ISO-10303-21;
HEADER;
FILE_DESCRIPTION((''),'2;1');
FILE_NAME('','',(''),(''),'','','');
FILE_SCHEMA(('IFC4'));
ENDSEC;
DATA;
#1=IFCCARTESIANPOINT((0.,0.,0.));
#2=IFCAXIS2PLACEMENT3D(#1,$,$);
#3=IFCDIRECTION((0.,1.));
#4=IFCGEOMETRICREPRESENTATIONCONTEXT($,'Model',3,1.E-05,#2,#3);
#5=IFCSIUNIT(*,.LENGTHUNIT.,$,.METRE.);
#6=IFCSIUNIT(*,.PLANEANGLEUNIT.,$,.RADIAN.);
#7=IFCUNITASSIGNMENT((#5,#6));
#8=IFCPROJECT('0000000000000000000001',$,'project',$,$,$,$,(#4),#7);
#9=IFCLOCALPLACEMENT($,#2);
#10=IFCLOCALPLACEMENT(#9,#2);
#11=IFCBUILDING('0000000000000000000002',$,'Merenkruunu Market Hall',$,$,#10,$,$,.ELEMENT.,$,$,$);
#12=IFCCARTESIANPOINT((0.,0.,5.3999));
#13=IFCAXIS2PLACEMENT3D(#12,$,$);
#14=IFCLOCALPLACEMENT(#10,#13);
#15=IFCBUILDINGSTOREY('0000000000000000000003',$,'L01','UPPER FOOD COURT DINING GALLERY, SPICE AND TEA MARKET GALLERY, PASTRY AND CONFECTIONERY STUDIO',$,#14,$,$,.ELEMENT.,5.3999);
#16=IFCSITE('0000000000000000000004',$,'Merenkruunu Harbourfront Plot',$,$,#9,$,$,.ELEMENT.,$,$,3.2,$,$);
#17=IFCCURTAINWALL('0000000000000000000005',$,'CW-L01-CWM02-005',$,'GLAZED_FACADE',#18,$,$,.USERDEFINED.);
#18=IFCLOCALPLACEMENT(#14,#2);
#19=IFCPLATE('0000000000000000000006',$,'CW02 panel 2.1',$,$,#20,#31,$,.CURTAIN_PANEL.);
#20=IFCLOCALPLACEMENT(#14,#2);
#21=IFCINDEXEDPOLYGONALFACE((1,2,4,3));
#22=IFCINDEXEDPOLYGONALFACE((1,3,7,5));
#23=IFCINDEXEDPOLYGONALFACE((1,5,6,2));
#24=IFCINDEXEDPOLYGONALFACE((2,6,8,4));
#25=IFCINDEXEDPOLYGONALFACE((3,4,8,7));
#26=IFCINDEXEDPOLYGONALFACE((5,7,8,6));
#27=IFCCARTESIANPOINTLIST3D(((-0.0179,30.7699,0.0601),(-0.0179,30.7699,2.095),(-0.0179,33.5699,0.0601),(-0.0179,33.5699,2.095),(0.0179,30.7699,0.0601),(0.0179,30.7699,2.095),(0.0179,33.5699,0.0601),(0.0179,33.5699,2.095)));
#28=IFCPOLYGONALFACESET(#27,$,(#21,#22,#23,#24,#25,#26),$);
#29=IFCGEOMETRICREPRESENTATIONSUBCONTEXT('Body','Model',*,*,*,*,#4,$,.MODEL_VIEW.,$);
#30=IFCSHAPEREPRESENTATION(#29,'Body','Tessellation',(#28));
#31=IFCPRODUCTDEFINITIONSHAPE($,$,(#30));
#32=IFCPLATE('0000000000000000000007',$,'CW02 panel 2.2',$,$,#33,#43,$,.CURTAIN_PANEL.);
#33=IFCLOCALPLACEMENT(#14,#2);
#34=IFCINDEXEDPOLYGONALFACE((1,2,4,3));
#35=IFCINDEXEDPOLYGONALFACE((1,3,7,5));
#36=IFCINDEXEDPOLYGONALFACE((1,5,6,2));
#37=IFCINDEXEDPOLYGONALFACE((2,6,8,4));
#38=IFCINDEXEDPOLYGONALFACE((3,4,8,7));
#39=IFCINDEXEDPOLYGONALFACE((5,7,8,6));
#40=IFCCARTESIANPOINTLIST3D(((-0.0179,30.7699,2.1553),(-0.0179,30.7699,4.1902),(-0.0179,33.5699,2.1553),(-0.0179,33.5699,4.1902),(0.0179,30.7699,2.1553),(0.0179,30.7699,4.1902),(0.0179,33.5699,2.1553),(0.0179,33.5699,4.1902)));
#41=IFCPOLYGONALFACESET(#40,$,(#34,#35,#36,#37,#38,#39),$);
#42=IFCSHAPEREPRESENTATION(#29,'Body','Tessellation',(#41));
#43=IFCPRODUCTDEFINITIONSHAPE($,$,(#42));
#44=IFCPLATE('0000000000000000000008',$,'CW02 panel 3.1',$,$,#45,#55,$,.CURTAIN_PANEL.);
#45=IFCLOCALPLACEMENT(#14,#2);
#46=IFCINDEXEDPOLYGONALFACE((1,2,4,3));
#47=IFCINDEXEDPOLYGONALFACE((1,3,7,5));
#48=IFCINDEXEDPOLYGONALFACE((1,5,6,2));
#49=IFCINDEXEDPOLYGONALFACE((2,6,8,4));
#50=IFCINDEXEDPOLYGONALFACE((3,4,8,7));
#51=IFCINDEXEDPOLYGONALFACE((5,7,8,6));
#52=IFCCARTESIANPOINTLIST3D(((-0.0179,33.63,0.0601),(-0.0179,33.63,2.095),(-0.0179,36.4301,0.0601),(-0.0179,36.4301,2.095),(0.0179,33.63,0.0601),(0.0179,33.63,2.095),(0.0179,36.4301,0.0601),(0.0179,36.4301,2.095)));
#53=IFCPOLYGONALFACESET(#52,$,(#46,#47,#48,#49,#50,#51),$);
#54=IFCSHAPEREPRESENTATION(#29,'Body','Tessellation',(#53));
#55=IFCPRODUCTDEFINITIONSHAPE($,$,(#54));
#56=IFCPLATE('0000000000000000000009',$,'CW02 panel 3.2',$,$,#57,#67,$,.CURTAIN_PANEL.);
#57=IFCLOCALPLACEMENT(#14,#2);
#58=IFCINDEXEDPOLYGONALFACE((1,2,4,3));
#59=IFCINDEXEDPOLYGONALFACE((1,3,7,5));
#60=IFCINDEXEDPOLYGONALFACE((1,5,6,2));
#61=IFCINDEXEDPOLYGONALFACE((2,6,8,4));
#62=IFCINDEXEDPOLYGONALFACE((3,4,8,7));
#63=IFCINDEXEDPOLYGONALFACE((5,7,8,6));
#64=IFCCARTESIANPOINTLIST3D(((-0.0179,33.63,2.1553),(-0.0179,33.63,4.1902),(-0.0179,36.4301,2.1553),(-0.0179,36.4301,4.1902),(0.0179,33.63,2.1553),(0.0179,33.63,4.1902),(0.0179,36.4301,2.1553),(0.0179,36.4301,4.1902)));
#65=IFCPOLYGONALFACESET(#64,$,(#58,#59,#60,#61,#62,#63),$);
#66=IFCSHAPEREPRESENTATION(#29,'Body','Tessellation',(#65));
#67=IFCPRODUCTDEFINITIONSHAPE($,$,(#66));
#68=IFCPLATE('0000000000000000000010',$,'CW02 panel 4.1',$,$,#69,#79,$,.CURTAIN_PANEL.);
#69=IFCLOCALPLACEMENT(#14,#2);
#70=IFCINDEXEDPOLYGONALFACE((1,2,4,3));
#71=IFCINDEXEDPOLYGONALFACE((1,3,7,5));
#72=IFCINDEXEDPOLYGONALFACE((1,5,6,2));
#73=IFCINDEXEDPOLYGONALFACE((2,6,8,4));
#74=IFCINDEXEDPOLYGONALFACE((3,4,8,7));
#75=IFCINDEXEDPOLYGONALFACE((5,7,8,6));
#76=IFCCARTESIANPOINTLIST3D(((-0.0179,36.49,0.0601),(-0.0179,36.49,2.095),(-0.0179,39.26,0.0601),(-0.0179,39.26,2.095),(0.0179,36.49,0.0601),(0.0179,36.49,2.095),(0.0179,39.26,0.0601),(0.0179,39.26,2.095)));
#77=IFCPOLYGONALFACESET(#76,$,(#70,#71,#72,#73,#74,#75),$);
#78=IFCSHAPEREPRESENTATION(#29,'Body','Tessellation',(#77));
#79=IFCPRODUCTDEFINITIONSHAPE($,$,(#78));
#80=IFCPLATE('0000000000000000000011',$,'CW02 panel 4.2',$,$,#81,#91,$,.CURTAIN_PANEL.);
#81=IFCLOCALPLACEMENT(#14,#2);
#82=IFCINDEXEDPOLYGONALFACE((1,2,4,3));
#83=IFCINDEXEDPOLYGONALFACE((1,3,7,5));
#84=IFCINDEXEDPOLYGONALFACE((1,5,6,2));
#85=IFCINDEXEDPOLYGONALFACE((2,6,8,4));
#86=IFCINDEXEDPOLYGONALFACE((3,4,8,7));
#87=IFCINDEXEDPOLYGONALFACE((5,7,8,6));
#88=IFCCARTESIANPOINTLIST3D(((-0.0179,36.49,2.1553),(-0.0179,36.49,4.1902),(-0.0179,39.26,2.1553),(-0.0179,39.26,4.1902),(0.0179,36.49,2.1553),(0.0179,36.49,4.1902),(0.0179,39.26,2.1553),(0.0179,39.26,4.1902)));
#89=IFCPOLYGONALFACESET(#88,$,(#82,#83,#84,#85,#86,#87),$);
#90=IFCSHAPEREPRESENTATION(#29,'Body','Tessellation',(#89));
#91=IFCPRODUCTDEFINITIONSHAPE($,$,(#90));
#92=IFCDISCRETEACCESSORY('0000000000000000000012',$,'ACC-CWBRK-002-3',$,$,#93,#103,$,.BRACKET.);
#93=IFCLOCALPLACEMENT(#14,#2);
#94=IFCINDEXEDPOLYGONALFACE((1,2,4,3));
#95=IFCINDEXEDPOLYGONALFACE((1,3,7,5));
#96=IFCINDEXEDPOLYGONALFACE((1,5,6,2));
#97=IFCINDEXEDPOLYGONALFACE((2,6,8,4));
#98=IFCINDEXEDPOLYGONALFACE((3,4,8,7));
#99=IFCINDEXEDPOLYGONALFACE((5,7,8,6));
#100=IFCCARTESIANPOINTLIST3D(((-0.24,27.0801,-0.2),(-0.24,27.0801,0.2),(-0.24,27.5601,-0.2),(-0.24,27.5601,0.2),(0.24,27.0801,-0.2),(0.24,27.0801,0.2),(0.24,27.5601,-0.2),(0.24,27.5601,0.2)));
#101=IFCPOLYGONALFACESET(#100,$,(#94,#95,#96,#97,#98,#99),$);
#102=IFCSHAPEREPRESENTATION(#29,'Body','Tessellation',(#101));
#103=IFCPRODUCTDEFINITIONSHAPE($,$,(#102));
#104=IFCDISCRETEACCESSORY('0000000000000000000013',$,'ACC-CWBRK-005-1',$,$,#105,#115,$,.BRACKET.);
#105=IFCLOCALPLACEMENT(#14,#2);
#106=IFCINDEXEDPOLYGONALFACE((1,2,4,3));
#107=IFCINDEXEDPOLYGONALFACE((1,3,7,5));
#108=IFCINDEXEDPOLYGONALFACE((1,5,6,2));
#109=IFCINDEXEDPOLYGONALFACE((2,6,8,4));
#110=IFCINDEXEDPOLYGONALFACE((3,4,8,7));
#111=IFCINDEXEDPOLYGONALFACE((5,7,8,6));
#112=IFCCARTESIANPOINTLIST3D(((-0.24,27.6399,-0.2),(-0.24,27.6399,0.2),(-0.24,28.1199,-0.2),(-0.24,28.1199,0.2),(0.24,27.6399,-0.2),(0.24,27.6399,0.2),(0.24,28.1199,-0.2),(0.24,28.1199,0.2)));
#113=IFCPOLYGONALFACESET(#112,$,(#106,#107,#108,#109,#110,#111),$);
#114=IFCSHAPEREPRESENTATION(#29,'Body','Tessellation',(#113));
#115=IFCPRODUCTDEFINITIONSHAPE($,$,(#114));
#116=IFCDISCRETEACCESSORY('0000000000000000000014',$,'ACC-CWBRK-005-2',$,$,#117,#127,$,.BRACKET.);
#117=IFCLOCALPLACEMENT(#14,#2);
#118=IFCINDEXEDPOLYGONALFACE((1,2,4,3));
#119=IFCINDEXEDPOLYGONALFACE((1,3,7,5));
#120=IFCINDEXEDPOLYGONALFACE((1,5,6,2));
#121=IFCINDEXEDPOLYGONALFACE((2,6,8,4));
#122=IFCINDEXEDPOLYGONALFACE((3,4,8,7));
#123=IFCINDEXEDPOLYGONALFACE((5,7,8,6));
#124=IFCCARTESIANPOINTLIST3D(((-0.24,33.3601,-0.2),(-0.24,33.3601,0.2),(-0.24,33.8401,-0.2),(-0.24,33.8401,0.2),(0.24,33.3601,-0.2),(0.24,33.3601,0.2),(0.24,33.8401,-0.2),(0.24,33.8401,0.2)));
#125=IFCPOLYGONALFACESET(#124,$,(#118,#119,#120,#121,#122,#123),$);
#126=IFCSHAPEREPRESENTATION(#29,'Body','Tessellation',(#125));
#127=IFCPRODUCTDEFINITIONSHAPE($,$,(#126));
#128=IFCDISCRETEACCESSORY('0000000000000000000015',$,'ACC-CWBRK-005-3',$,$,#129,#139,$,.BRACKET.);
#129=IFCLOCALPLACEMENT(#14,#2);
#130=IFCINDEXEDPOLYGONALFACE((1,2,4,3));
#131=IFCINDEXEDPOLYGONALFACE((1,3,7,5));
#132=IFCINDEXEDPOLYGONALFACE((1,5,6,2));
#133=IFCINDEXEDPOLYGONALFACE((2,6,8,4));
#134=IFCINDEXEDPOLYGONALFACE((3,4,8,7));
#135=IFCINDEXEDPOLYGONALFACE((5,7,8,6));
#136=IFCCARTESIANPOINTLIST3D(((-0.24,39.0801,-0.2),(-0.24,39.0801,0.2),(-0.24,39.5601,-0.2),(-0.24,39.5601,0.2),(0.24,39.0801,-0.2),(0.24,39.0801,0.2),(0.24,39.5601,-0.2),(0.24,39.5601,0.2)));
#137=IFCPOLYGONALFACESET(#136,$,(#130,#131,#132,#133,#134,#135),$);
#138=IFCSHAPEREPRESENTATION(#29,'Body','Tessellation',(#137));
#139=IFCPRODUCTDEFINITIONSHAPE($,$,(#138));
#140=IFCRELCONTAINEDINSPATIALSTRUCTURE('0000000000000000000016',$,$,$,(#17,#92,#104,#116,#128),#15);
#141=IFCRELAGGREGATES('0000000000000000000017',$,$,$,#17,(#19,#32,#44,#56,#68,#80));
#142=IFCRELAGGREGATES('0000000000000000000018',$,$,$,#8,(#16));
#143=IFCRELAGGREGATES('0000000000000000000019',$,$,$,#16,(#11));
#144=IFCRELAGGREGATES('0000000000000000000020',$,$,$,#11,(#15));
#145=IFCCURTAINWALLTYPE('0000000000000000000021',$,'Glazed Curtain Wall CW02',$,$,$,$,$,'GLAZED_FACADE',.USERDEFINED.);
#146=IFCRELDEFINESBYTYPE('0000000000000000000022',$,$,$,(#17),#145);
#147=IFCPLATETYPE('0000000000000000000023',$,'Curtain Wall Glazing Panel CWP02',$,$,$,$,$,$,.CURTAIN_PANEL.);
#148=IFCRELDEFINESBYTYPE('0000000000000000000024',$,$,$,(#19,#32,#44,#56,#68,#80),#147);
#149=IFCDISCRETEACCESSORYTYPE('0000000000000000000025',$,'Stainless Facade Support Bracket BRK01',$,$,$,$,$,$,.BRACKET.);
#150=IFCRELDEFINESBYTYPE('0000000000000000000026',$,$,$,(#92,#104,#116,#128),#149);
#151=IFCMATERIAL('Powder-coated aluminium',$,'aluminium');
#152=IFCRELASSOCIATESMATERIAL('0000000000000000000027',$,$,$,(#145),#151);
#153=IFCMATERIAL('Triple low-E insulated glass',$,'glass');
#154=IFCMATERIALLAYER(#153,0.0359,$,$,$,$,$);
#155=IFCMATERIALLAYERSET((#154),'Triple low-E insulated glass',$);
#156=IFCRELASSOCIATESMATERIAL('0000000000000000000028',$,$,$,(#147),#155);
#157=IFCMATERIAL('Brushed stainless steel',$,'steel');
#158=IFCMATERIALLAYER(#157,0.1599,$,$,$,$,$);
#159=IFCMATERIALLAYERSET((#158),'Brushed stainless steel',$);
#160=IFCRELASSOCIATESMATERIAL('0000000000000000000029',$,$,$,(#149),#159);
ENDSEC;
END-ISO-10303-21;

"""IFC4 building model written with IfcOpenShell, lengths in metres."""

from ifc_helpers import new_model, si_unit, direction, frame, origin, origin_2d, place, context, subcontext, project, spatial, rectangle, extrude, material, layer, layer_set, type_object, element, aggregate, save


model = new_model("IFC4")

# Units and contexts
model_context = context("Model", 3, precision=1e-05, world=origin(), true_north=direction((0.0, 1.0)))
body_context = subcontext(model_context, "Body", "Model", "MODEL_VIEW")
ifc_project = project(units=[si_unit("LENGTHUNIT", "METRE"), si_unit("PLANEANGLEUNIT", "RADIAN")], contexts=[model_context])

# Site, building, storey
site_placement = place(None, origin())
site = spatial("IfcSite", under=ifc_project, at=site_placement, Name="Merenkruunu Harbourfront Plot", CompositionType="ELEMENT", RefElevation=3.2)
building_placement = place(site_placement, origin())
building = spatial("IfcBuilding", under=site, at=building_placement, Name="Merenkruunu Market Hall", CompositionType="ELEMENT")
storey_placement = place(building_placement, frame((0.0, 0.0, 5.3999)))
storey = spatial("IfcBuildingStorey", under=building, at=storey_placement, Name="L01", Description="UPPER FOOD COURT DINING GALLERY, SPICE AND TEA MARKET GALLERY, PASTRY AND CONFECTIONERY STUDIO", CompositionType="ELEMENT", Elevation=5.3999)

# Shared definitions
ifc_material_1 = material(Name="Powder-coated aluminium", Category="aluminium")
curtain_wall_type = type_object("IfcCurtainWallType", Name="Glazed Curtain Wall CW02", ElementType="GLAZED_FACADE", PredefinedType="USERDEFINED", material=ifc_material_1)

# Curtain wall
curtain_wall_1_placement = place(storey_placement, origin())
curtain_wall_1 = element("IfcCurtainWall", 1, at=curtain_wall_1_placement, inside=storey, type_object=curtain_wall_type, Name="CW-L01-CWM02-005", ObjectType="GLAZED_FACADE", PredefinedType="USERDEFINED")

# Plates
ifc_material_2 = material(Name="Triple low-E insulated glass", Category="glass")
ifc_layer_1 = layer(ifc_material_2, 0.0359)
ifc_layer_set_1 = layer_set([ifc_layer_1], Name="Triple low-E insulated glass")
plate_type = type_object("IfcPlateType", Name="Curtain Wall Glazing Panel CWP02", PredefinedType="CURTAIN_PANEL", material=ifc_layer_set_1)
plate_1_placement = place(storey_placement, frame((0.0, 32.1699, 0.0601), z_axis=(0.0, 0.0, 1.0), x_axis=(0.0, 1.0, 0.0)))
plate_1 = element("IfcPlate", 2, at=plate_1_placement, type_object=plate_type, Name="CW02 panel 2.1", PredefinedType="CURTAIN_PANEL", context=body_context, shape_type="SweptSolid", body=[
    extrude(rectangle(XDim=2.8, YDim=0.0359, at=origin_2d()), origin(), (0.0, 0.0, 1.0), 2.0349),
])
plate_2_placement = place(storey_placement, frame((0.0, 32.1699, 2.1553), z_axis=(0.0, 0.0, 1.0), x_axis=(0.0, 1.0, 0.0)))
plate_2 = element("IfcPlate", 3, at=plate_2_placement, type_object=plate_type, Name="CW02 panel 2.2", PredefinedType="CURTAIN_PANEL", context=body_context, shape_type="SweptSolid", body=[
    extrude(rectangle(XDim=2.8, YDim=0.0359, at=origin_2d()), origin(), (0.0, 0.0, 1.0), 2.0349),
])
plate_3_placement = place(storey_placement, frame((0.0, 35.03, 0.0601), z_axis=(0.0, 0.0, 1.0), x_axis=(0.0, 1.0, 0.0)))
plate_3 = element("IfcPlate", 4, at=plate_3_placement, type_object=plate_type, Name="CW02 panel 3.1", PredefinedType="CURTAIN_PANEL", context=body_context, shape_type="SweptSolid", body=[
    extrude(rectangle(XDim=2.8, YDim=0.0359, at=origin_2d()), origin(), (0.0, 0.0, 1.0), 2.0349),
])
plate_4_placement = place(storey_placement, frame((0.0, 35.03, 2.1553), z_axis=(0.0, 0.0, 1.0), x_axis=(0.0, 1.0, 0.0)))
plate_4 = element("IfcPlate", 5, at=plate_4_placement, type_object=plate_type, Name="CW02 panel 3.2", PredefinedType="CURTAIN_PANEL", context=body_context, shape_type="SweptSolid", body=[
    extrude(rectangle(XDim=2.8, YDim=0.0359, at=origin_2d()), origin(), (0.0, 0.0, 1.0), 2.0349),
])
plate_5_placement = place(storey_placement, frame((0.0, 37.875, 0.0601), z_axis=(0.0, 0.0, 1.0), x_axis=(0.0, 1.0, 0.0)))
plate_5 = element("IfcPlate", 6, at=plate_5_placement, type_object=plate_type, Name="CW02 panel 4.1", PredefinedType="CURTAIN_PANEL", context=body_context, shape_type="SweptSolid", body=[
    extrude(rectangle(XDim=2.77, YDim=0.0359, at=origin_2d()), origin(), (0.0, 0.0, 1.0), 2.0349),
])
plate_6_placement = place(storey_placement, frame((0.0, 37.875, 2.1553), z_axis=(0.0, 0.0, 1.0), x_axis=(0.0, 1.0, 0.0)))
plate_6 = element("IfcPlate", 7, at=plate_6_placement, type_object=plate_type, Name="CW02 panel 4.2", PredefinedType="CURTAIN_PANEL", context=body_context, shape_type="SweptSolid", body=[
    extrude(rectangle(XDim=2.77, YDim=0.0359, at=origin_2d()), origin(), (0.0, 0.0, 1.0), 2.0349),
])
aggregate(curtain_wall_1, [plate_1, plate_2, plate_3, plate_4, plate_5, plate_6])

# Discrete accessories
ifc_material_3 = material(Name="Brushed stainless steel", Category="steel")
ifc_layer_2 = layer(ifc_material_3, 0.1599)
ifc_layer_set_2 = layer_set([ifc_layer_2], Name="Brushed stainless steel")
discrete_accessory_type = type_object("IfcDiscreteAccessoryType", Name="Stainless Facade Support Bracket BRK01", PredefinedType="BRACKET", material=ifc_layer_set_2)
for number, where, z_axis, x_axis, name in (
    (8, (0.0, 27.3201, -0.2), (0.0, 0.0, 1.0), (1.0, 0.0, 0.0), "ACC-CWBRK-002-3"),
    (9, (0.0, 27.8799, -0.2), (0.0, 0.0, 1.0), (1.0, 0.0, 0.0), "ACC-CWBRK-005-1"),
    (10, (0.0, 33.6001, -0.2), (0.0, 0.0, 1.0), (1.0, 0.0, 0.0), "ACC-CWBRK-005-2"),
    (11, (0.0, 39.3201, -0.2), (0.0, 0.0, 1.0), (1.0, 0.0, 0.0), "ACC-CWBRK-005-3"),
):
    element("IfcDiscreteAccessory", number, at=place(storey_placement, frame(where, z_axis=z_axis, x_axis=x_axis)), inside=storey, type_object=discrete_accessory_type, Name=name, PredefinedType="BRACKET", context=body_context, shape_type="SweptSolid", body=[
        extrude(rectangle(XDim=0.48, YDim=0.48, at=origin_2d()), origin(), (0.0, 0.0, 1.0), 0.3999),
    ])

save(model, "model.ifc")
